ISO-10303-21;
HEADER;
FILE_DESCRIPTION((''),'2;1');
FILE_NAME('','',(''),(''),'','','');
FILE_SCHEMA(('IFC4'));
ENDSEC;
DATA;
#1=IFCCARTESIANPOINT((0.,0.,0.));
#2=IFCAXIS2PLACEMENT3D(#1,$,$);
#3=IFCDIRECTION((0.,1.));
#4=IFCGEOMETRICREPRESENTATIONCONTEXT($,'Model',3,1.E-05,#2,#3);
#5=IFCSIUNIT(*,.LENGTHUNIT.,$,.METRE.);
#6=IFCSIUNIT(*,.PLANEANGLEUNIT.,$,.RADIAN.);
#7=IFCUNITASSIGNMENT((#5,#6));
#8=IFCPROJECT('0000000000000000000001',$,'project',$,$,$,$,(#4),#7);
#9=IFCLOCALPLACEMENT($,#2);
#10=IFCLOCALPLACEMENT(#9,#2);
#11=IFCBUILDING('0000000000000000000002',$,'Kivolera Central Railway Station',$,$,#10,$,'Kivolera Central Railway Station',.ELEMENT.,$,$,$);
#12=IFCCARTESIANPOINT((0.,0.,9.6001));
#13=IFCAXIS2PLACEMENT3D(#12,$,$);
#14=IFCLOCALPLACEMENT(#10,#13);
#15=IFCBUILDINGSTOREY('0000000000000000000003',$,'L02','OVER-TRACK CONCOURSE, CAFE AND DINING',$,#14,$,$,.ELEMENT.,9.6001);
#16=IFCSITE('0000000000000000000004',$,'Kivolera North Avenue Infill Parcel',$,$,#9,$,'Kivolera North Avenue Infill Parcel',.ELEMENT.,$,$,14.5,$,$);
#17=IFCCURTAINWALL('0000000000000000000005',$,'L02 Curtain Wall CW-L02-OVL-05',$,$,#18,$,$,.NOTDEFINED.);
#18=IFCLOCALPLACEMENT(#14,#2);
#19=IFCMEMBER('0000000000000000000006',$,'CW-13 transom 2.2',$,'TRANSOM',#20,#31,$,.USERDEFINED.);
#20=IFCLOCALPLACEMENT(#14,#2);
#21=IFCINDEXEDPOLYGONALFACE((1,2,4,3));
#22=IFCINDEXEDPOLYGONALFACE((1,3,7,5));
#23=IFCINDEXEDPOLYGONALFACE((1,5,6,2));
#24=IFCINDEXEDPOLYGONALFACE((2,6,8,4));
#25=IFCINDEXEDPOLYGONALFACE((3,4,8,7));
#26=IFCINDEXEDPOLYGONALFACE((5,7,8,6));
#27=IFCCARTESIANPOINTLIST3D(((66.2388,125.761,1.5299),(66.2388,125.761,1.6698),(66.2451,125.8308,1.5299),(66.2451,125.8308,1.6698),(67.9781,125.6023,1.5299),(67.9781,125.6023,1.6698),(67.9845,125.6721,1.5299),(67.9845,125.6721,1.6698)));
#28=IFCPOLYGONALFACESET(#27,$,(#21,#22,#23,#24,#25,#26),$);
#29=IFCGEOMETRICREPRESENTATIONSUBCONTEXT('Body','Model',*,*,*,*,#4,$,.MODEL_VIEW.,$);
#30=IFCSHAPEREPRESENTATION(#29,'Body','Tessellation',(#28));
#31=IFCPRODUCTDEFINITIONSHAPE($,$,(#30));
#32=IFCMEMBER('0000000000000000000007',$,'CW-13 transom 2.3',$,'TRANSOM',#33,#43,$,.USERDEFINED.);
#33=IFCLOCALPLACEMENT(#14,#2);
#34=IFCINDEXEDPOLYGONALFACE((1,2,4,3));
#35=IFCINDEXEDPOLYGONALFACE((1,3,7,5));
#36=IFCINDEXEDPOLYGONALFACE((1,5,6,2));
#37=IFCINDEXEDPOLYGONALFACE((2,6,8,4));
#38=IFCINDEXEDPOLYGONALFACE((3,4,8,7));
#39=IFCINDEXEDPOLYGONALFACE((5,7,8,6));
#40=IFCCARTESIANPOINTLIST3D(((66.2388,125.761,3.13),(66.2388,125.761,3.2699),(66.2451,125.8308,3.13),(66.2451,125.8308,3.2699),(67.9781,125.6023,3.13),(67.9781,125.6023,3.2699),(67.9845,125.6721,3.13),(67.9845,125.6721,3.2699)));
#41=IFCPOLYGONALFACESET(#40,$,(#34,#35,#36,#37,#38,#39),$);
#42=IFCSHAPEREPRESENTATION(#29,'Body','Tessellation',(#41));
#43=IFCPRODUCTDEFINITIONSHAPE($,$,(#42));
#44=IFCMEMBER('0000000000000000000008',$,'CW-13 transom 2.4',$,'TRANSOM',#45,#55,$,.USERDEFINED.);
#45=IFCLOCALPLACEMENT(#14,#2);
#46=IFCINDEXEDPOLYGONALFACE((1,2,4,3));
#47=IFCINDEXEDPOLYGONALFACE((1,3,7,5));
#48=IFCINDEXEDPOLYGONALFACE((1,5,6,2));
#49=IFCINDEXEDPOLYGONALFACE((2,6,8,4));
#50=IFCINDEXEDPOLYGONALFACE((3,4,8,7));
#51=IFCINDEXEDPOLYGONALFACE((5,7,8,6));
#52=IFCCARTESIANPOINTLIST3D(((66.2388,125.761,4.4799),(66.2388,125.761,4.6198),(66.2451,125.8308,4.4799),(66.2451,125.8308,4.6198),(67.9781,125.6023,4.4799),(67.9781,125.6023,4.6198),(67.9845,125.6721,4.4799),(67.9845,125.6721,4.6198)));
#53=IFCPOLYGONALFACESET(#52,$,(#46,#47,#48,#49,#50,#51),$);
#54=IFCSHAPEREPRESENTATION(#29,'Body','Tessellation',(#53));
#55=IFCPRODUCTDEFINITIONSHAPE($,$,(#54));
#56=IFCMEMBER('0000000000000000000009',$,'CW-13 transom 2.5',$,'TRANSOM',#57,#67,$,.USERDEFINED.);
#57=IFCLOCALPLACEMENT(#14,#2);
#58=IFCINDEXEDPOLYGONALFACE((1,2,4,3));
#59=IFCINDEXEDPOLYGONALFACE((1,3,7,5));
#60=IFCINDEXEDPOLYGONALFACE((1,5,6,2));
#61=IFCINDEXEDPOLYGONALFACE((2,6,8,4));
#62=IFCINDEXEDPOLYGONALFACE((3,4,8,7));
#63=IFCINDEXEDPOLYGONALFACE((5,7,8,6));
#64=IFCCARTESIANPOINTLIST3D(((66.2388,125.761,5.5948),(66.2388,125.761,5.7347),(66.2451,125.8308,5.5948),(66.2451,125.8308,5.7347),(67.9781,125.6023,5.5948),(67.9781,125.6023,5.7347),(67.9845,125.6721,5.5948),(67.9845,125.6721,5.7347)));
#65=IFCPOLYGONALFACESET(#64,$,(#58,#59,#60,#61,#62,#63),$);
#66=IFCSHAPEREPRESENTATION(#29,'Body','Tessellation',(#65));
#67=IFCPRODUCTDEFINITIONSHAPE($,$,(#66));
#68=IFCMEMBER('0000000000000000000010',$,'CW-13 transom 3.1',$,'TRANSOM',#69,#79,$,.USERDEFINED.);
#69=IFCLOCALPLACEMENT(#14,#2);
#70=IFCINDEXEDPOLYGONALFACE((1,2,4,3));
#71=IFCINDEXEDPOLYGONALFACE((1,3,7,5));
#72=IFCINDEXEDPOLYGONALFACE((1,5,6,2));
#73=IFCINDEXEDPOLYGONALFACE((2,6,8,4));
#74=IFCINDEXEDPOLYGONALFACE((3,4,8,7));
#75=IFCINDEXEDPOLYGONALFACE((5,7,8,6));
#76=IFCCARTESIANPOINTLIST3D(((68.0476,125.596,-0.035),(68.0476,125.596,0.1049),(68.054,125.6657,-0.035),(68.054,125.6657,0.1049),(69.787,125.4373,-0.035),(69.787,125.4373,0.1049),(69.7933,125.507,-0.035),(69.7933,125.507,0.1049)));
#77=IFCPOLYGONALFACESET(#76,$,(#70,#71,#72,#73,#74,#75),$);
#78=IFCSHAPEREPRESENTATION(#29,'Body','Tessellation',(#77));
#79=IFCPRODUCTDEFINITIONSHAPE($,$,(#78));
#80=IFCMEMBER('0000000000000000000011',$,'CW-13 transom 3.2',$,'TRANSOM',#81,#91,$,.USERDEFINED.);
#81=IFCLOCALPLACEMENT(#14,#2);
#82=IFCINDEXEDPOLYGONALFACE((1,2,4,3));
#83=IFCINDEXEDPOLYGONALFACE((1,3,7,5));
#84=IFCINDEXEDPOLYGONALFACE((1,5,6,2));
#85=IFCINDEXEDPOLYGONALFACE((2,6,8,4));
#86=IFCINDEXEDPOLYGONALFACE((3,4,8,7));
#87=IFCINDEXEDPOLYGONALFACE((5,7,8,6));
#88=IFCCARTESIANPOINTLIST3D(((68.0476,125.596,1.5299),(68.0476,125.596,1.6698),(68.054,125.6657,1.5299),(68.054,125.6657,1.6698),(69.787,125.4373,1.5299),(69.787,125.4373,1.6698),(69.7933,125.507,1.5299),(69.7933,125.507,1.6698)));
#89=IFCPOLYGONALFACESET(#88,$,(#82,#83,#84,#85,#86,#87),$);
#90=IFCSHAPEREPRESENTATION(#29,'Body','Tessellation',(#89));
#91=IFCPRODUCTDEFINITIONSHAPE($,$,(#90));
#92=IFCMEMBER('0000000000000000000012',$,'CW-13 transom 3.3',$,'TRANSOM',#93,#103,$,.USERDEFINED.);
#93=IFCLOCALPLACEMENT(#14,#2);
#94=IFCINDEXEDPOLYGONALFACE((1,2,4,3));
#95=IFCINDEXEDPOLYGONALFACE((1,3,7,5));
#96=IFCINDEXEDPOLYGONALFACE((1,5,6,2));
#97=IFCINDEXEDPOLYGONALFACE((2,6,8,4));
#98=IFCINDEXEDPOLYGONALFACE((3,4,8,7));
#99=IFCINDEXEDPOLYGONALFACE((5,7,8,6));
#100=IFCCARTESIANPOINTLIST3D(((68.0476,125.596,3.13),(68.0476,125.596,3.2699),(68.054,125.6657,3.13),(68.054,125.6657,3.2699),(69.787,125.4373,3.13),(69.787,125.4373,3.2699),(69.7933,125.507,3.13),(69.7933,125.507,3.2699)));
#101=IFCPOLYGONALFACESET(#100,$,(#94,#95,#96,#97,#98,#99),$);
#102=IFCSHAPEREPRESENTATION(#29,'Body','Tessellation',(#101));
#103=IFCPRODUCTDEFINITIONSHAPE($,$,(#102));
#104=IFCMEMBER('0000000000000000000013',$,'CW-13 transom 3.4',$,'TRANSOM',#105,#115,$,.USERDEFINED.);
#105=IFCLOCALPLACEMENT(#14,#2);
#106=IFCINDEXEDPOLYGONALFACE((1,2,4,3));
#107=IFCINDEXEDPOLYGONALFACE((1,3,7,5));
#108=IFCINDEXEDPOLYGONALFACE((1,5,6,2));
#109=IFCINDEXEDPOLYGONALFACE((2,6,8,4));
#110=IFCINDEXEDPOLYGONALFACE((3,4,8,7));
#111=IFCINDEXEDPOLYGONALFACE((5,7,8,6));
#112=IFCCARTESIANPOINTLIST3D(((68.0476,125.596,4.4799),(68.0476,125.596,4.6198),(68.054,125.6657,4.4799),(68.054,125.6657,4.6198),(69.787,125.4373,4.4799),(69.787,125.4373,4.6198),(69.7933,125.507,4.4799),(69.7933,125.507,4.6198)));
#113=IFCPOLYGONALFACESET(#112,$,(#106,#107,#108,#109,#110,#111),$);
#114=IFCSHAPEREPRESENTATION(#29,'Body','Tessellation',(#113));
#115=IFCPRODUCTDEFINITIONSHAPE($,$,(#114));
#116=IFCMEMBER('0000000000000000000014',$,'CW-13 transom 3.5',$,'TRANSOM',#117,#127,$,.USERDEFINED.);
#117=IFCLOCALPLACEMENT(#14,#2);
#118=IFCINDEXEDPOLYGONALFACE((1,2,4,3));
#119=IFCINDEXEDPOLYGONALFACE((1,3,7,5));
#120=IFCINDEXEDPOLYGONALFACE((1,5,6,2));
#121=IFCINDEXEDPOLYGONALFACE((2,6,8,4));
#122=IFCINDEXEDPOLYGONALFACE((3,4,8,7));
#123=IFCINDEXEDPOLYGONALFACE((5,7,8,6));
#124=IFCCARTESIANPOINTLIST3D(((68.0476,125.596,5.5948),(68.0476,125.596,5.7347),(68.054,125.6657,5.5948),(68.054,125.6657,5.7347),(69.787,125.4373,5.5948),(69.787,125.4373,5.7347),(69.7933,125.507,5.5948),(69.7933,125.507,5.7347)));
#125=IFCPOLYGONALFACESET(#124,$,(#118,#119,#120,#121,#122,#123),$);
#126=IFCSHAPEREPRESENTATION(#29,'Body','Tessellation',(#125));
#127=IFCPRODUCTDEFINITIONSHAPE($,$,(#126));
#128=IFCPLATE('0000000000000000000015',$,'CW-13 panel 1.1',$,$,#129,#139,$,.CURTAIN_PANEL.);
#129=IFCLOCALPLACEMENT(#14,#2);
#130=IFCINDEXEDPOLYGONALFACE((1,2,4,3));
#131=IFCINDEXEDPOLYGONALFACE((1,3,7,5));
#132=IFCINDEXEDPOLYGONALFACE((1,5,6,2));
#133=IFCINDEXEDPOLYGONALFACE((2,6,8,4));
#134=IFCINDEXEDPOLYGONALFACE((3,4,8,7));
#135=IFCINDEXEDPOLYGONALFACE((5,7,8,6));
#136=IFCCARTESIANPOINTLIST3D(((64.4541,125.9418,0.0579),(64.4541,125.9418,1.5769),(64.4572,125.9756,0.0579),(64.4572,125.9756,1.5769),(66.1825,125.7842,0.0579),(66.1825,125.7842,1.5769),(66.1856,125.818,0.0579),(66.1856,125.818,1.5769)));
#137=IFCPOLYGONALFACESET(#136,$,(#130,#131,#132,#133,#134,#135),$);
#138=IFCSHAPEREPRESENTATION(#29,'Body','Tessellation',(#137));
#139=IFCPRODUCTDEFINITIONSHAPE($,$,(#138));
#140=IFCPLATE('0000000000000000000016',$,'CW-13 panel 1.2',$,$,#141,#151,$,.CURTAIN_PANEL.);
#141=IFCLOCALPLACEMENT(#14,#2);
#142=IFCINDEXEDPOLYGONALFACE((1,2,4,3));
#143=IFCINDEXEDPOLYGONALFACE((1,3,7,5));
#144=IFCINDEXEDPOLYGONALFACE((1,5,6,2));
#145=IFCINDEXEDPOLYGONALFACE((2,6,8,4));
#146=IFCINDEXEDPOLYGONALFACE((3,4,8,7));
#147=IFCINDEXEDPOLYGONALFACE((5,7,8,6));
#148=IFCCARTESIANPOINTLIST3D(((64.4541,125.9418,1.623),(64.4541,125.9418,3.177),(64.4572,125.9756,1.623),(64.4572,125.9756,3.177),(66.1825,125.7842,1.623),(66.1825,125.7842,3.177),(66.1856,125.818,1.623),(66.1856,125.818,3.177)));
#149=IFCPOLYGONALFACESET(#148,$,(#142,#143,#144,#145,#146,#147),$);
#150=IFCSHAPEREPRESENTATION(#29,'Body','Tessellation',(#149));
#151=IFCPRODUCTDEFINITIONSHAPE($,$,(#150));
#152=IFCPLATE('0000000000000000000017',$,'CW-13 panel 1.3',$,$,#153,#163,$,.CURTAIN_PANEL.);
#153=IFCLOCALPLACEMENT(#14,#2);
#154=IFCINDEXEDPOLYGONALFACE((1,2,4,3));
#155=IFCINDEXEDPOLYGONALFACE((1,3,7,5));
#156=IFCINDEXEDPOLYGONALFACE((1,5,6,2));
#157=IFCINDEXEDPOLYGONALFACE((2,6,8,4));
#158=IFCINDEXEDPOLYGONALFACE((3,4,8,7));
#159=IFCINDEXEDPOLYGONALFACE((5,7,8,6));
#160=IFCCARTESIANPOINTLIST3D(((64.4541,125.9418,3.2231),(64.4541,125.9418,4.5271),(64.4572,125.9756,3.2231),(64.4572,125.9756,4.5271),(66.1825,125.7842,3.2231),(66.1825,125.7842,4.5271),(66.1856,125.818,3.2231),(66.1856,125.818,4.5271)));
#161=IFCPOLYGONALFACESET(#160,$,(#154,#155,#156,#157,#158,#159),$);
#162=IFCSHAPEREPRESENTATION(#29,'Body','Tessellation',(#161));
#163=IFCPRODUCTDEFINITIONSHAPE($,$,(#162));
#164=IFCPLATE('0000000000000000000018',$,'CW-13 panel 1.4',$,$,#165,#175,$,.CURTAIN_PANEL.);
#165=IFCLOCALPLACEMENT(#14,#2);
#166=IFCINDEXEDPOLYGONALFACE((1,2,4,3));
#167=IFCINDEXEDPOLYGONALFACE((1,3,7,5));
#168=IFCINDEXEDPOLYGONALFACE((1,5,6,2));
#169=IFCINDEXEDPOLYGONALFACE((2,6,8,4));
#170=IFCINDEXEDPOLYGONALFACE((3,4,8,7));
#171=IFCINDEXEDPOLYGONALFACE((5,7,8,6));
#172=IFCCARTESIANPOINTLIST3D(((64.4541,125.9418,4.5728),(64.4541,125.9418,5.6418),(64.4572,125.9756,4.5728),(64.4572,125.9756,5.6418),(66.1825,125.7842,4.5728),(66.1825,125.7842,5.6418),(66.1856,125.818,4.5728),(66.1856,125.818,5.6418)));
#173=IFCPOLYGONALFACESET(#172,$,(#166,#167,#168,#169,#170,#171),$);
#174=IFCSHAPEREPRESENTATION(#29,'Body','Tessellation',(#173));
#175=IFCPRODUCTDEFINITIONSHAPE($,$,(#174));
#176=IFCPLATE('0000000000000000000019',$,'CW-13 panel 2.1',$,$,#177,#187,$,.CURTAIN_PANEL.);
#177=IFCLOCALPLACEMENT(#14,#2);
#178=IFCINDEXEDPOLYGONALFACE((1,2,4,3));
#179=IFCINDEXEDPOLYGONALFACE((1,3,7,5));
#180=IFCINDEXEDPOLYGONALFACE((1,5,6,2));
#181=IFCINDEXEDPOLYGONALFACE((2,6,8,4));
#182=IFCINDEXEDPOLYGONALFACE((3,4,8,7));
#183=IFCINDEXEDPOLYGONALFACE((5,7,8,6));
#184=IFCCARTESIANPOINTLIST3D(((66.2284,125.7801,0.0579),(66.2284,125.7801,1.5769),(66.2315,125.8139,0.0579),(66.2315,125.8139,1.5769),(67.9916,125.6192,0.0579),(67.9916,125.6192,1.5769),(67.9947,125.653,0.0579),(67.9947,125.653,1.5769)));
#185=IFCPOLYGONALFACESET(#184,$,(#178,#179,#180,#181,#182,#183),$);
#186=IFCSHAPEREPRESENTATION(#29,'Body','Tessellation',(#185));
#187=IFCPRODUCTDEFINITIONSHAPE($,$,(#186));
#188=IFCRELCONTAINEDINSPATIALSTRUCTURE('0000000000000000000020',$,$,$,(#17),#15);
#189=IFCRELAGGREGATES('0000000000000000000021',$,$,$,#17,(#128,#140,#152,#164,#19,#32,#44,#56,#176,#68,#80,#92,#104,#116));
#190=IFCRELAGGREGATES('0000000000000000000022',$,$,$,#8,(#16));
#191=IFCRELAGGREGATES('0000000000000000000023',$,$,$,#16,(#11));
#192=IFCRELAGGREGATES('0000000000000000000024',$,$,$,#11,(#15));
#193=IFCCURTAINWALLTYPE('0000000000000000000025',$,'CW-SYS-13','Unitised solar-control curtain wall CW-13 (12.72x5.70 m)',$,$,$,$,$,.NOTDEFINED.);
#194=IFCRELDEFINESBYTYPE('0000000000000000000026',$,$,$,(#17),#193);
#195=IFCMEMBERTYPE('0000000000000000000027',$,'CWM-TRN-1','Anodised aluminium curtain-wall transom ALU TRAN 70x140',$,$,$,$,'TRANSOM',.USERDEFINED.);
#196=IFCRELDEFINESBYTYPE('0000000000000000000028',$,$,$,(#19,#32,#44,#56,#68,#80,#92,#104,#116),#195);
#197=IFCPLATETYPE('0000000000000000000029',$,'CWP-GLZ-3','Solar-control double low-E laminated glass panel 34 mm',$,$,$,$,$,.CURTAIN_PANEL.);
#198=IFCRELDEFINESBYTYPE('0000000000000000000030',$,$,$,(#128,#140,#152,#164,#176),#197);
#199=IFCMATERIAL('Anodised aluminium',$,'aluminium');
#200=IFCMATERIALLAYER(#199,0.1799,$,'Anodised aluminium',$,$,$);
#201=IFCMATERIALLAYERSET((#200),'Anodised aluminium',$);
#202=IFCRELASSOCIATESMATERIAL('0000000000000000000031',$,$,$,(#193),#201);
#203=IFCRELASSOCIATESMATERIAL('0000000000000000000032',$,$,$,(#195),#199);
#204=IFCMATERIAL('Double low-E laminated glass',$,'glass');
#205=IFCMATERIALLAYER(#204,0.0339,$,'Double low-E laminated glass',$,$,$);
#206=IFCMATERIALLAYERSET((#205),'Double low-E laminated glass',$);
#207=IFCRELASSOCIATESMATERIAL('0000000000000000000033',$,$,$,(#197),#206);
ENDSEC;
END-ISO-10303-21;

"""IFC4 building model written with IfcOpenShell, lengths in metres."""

from ifc_helpers import new_model, si_unit, direction, frame, origin, origin_2d, place, context, subcontext, project, spatial, rectangle, extrude, material, layer, layer_set, material_profile, profile_set, type_object, element, aggregate, save


model = new_model("IFC4")

# Units and contexts
model_context = context("Model", 3, precision=1e-05, world=origin(), true_north=direction((0.0, 1.0)))
body_context = subcontext(model_context, "Body", "Model", "MODEL_VIEW")
ifc_project = project(units=[si_unit("LENGTHUNIT", "METRE"), si_unit("PLANEANGLEUNIT", "RADIAN")], contexts=[model_context])

# Site, building, storey
site_placement = place(None, origin())
site = spatial("IfcSite", under=ifc_project, at=site_placement, Name="Kivolera North Avenue Infill Parcel", LongName="Kivolera North Avenue Infill Parcel", CompositionType="ELEMENT", RefElevation=14.5)
building_placement = place(site_placement, origin())
building = spatial("IfcBuilding", under=site, at=building_placement, Name="Kivolera Central Railway Station", LongName="Kivolera Central Railway Station", CompositionType="ELEMENT")
storey_placement = place(building_placement, frame((0.0, 0.0, 9.6001)))
storey = spatial("IfcBuildingStorey", under=building, at=storey_placement, Name="L02", Description="OVER-TRACK CONCOURSE, CAFE AND DINING", CompositionType="ELEMENT", Elevation=9.6001)

# Curtain wall, members, plates
ifc_material_1 = material(Name="Anodised aluminium", Category="aluminium")
ifc_layer_1 = layer(ifc_material_1, 0.1799, Name="Anodised aluminium")
ifc_layer_set_1 = layer_set([ifc_layer_1], Name="Anodised aluminium")
curtain_wall_type = type_object("IfcCurtainWallType", Name="CW-SYS-13", Description="Unitised solar-control curtain wall CW-13 (12.72x5.70 m)", PredefinedType="NOTDEFINED", material=ifc_layer_set_1)
curtain_wall_placement = place(storey_placement, origin())
curtain_wall = element("IfcCurtainWall", 1, at=curtain_wall_placement, inside=storey, type_object=curtain_wall_type, Name="L02 Curtain Wall CW-L02-OVL-05", PredefinedType="NOTDEFINED")
ifc_material_profile_1 = material_profile(ifc_material_1, rectangle(XDim=0.0701, YDim=0.1399, at=origin_2d()), Name="ALU TRAN 70x140")
ifc_profile_set_1 = profile_set([ifc_material_profile_1], Name="Anodised aluminium")
member_type_1 = type_object("IfcMemberType", Name="CWM-TRN-1", Description="Anodised aluminium curtain-wall transom ALU TRAN 70x140", ElementType="TRANSOM", PredefinedType="USERDEFINED", material=ifc_profile_set_1)
member_1_placement = place(storey_placement, frame((66.2419, 125.7959, 1.5999), z_axis=(0.995863, -0.090863, 0.0), x_axis=(0.090863, 0.995863, 0.0)))
member_1 = element("IfcMember", 2, at=member_1_placement, type_object=member_type_1, Name="CW-13 transom 2.2", ObjectType="TRANSOM", PredefinedType="USERDEFINED", context=body_context, shape_type="SweptSolid", body=[
    extrude(rectangle(XDim=0.0701, YDim=0.1399, at=origin_2d()), origin(), (0.0, 0.0, 1.0), 1.7466),
])
member_2_placement = place(storey_placement, frame((66.2419, 125.7959, 3.2), z_axis=(0.995863, -0.090863, 0.0), x_axis=(0.090863, 0.995863, 0.0)))
member_2 = element("IfcMember", 3, at=member_2_placement, type_object=member_type_1, Name="CW-13 transom 2.3", ObjectType="TRANSOM", PredefinedType="USERDEFINED", context=body_context, shape_type="SweptSolid", body=[
    extrude(rectangle(XDim=0.0701, YDim=0.1399, at=origin_2d()), origin(), (0.0, 0.0, 1.0), 1.7466),
])
member_3_placement = place(storey_placement, frame((66.2419, 125.7959, 4.5498), z_axis=(0.995863, -0.090863, 0.0), x_axis=(0.090863, 0.995863, 0.0)))
member_3 = element("IfcMember", 4, at=member_3_placement, type_object=member_type_1, Name="CW-13 transom 2.4", ObjectType="TRANSOM", PredefinedType="USERDEFINED", context=body_context, shape_type="SweptSolid", body=[
    extrude(rectangle(XDim=0.0701, YDim=0.1399, at=origin_2d()), origin(), (0.0, 0.0, 1.0), 1.7466),
])
member_4_placement = place(storey_placement, frame((66.2419, 125.7959, 5.6648), z_axis=(0.995863, -0.090863, 0.0), x_axis=(0.090863, 0.995863, 0.0)))
member_4 = element("IfcMember", 5, at=member_4_placement, type_object=member_type_1, Name="CW-13 transom 2.5", ObjectType="TRANSOM", PredefinedType="USERDEFINED", context=body_context, shape_type="SweptSolid", body=[
    extrude(rectangle(XDim=0.0701, YDim=0.1399, at=origin_2d()), origin(), (0.0, 0.0, 1.0), 1.7466),
])
member_5_placement = place(storey_placement, frame((68.0508, 125.6309, 0.0349), z_axis=(0.995863, -0.090863, 0.0), x_axis=(0.090863, 0.995863, 0.0)))
member_5 = element("IfcMember", 6, at=member_5_placement, type_object=member_type_1, Name="CW-13 transom 3.1", ObjectType="TRANSOM", PredefinedType="USERDEFINED", context=body_context, shape_type="SweptSolid", body=[
    extrude(rectangle(XDim=0.0701, YDim=0.1399, at=origin_2d()), origin(), (0.0, 0.0, 1.0), 1.7466),
])
member_6_placement = place(storey_placement, frame((68.0508, 125.6309, 1.5999), z_axis=(0.995863, -0.090863, 0.0), x_axis=(0.090863, 0.995863, 0.0)))
member_6 = element("IfcMember", 7, at=member_6_placement, type_object=member_type_1, Name="CW-13 transom 3.2", ObjectType="TRANSOM", PredefinedType="USERDEFINED", context=body_context, shape_type="SweptSolid", body=[
    extrude(rectangle(XDim=0.0701, YDim=0.1399, at=origin_2d()), origin(), (0.0, 0.0, 1.0), 1.7466),
])
member_7_placement = place(storey_placement, frame((68.0508, 125.6309, 3.2), z_axis=(0.995863, -0.090863, 0.0), x_axis=(0.090863, 0.995863, 0.0)))
member_7 = element("IfcMember", 8, at=member_7_placement, type_object=member_type_1, Name="CW-13 transom 3.3", ObjectType="TRANSOM", PredefinedType="USERDEFINED", context=body_context, shape_type="SweptSolid", body=[
    extrude(rectangle(XDim=0.0701, YDim=0.1399, at=origin_2d()), origin(), (0.0, 0.0, 1.0), 1.7466),
])
member_8_placement = place(storey_placement, frame((68.0508, 125.6309, 4.5498), z_axis=(0.995863, -0.090863, 0.0), x_axis=(0.090863, 0.995863, 0.0)))
member_8 = element("IfcMember", 9, at=member_8_placement, type_object=member_type_1, Name="CW-13 transom 3.4", ObjectType="TRANSOM", PredefinedType="USERDEFINED", context=body_context, shape_type="SweptSolid", body=[
    extrude(rectangle(XDim=0.0701, YDim=0.1399, at=origin_2d()), origin(), (0.0, 0.0, 1.0), 1.7466),
])
member_9_placement = place(storey_placement, frame((68.0508, 125.6309, 5.6648), z_axis=(0.995863, -0.090863, 0.0), x_axis=(0.090863, 0.995863, 0.0)))
member_9 = element("IfcMember", 10, at=member_9_placement, type_object=member_type_1, Name="CW-13 transom 3.5", ObjectType="TRANSOM", PredefinedType="USERDEFINED", context=body_context, shape_type="SweptSolid", body=[
    extrude(rectangle(XDim=0.0701, YDim=0.1399, at=origin_2d()), origin(), (0.0, 0.0, 1.0), 1.7466),
])
ifc_material_2 = material(Name="Double low-E laminated glass", Category="glass")
ifc_layer_2 = layer(ifc_material_2, 0.0339, Name="Double low-E laminated glass")
ifc_layer_set_2 = layer_set([ifc_layer_2], Name="Double low-E laminated glass")
plate_type = type_object("IfcPlateType", Name="CWP-GLZ-3", Description="Solar-control double low-E laminated glass panel 34 mm", PredefinedType="CURTAIN_PANEL", material=ifc_layer_set_2)
plate_1_placement = place(storey_placement, frame((65.3198, 125.8799, 0.0579), z_axis=(0.0, 0.0, 1.0), x_axis=(0.995866, -0.090834, 0.0)))
plate_1 = element("IfcPlate", 11, at=plate_1_placement, type_object=plate_type, Name="CW-13 panel 1.1", PredefinedType="CURTAIN_PANEL", context=body_context, shape_type="SweptSolid", body=[
    extrude(rectangle(XDim=1.7356, YDim=0.0339, at=origin_2d()), origin(), (0.0, 0.0, 1.0), 1.519),
])
plate_2_placement = place(storey_placement, frame((65.3198, 125.8799, 1.623), z_axis=(0.0, 0.0, 1.0), x_axis=(0.995866, -0.090834, 0.0)))
plate_2 = element("IfcPlate", 12, at=plate_2_placement, type_object=plate_type, Name="CW-13 panel 1.2", PredefinedType="CURTAIN_PANEL", context=body_context, shape_type="SweptSolid", body=[
    extrude(rectangle(XDim=1.7356, YDim=0.0339, at=origin_2d()), origin(), (0.0, 0.0, 1.0), 1.554),
])
plate_3_placement = place(storey_placement, frame((65.3198, 125.8799, 3.2231), z_axis=(0.0, 0.0, 1.0), x_axis=(0.995866, -0.090834, 0.0)))
plate_3 = element("IfcPlate", 13, at=plate_3_placement, type_object=plate_type, Name="CW-13 panel 1.3", PredefinedType="CURTAIN_PANEL", context=body_context, shape_type="SweptSolid", body=[
    extrude(rectangle(XDim=1.7356, YDim=0.0339, at=origin_2d()), origin(), (0.0, 0.0, 1.0), 1.304),
])
plate_4_placement = place(storey_placement, frame((65.3198, 125.8799, 4.5728), z_axis=(0.0, 0.0, 1.0), x_axis=(0.995866, -0.090834, 0.0)))
plate_4 = element("IfcPlate", 14, at=plate_4_placement, type_object=plate_type, Name="CW-13 panel 1.4", PredefinedType="CURTAIN_PANEL", context=body_context, shape_type="SweptSolid", body=[
    extrude(rectangle(XDim=1.7356, YDim=0.0339, at=origin_2d()), origin(), (0.0, 0.0, 1.0), 1.0691),
])
plate_5_placement = place(storey_placement, frame((67.1116, 125.7166, 0.0579), z_axis=(0.0, 0.0, 1.0), x_axis=(0.995866, -0.090834, 0.0)))
plate_5 = element("IfcPlate", 15, at=plate_5_placement, type_object=plate_type, Name="CW-13 panel 2.1", PredefinedType="CURTAIN_PANEL", context=body_context, shape_type="SweptSolid", body=[
    extrude(rectangle(XDim=1.7705, YDim=0.0339, at=origin_2d()), origin(), (0.0, 0.0, 1.0), 1.519),
])
aggregate(curtain_wall, [plate_1, plate_2, plate_3, plate_4, member_1, member_2, member_3, member_4, plate_5, member_5, member_6, member_7, member_8, member_9])

save(model, "model.ifc")
